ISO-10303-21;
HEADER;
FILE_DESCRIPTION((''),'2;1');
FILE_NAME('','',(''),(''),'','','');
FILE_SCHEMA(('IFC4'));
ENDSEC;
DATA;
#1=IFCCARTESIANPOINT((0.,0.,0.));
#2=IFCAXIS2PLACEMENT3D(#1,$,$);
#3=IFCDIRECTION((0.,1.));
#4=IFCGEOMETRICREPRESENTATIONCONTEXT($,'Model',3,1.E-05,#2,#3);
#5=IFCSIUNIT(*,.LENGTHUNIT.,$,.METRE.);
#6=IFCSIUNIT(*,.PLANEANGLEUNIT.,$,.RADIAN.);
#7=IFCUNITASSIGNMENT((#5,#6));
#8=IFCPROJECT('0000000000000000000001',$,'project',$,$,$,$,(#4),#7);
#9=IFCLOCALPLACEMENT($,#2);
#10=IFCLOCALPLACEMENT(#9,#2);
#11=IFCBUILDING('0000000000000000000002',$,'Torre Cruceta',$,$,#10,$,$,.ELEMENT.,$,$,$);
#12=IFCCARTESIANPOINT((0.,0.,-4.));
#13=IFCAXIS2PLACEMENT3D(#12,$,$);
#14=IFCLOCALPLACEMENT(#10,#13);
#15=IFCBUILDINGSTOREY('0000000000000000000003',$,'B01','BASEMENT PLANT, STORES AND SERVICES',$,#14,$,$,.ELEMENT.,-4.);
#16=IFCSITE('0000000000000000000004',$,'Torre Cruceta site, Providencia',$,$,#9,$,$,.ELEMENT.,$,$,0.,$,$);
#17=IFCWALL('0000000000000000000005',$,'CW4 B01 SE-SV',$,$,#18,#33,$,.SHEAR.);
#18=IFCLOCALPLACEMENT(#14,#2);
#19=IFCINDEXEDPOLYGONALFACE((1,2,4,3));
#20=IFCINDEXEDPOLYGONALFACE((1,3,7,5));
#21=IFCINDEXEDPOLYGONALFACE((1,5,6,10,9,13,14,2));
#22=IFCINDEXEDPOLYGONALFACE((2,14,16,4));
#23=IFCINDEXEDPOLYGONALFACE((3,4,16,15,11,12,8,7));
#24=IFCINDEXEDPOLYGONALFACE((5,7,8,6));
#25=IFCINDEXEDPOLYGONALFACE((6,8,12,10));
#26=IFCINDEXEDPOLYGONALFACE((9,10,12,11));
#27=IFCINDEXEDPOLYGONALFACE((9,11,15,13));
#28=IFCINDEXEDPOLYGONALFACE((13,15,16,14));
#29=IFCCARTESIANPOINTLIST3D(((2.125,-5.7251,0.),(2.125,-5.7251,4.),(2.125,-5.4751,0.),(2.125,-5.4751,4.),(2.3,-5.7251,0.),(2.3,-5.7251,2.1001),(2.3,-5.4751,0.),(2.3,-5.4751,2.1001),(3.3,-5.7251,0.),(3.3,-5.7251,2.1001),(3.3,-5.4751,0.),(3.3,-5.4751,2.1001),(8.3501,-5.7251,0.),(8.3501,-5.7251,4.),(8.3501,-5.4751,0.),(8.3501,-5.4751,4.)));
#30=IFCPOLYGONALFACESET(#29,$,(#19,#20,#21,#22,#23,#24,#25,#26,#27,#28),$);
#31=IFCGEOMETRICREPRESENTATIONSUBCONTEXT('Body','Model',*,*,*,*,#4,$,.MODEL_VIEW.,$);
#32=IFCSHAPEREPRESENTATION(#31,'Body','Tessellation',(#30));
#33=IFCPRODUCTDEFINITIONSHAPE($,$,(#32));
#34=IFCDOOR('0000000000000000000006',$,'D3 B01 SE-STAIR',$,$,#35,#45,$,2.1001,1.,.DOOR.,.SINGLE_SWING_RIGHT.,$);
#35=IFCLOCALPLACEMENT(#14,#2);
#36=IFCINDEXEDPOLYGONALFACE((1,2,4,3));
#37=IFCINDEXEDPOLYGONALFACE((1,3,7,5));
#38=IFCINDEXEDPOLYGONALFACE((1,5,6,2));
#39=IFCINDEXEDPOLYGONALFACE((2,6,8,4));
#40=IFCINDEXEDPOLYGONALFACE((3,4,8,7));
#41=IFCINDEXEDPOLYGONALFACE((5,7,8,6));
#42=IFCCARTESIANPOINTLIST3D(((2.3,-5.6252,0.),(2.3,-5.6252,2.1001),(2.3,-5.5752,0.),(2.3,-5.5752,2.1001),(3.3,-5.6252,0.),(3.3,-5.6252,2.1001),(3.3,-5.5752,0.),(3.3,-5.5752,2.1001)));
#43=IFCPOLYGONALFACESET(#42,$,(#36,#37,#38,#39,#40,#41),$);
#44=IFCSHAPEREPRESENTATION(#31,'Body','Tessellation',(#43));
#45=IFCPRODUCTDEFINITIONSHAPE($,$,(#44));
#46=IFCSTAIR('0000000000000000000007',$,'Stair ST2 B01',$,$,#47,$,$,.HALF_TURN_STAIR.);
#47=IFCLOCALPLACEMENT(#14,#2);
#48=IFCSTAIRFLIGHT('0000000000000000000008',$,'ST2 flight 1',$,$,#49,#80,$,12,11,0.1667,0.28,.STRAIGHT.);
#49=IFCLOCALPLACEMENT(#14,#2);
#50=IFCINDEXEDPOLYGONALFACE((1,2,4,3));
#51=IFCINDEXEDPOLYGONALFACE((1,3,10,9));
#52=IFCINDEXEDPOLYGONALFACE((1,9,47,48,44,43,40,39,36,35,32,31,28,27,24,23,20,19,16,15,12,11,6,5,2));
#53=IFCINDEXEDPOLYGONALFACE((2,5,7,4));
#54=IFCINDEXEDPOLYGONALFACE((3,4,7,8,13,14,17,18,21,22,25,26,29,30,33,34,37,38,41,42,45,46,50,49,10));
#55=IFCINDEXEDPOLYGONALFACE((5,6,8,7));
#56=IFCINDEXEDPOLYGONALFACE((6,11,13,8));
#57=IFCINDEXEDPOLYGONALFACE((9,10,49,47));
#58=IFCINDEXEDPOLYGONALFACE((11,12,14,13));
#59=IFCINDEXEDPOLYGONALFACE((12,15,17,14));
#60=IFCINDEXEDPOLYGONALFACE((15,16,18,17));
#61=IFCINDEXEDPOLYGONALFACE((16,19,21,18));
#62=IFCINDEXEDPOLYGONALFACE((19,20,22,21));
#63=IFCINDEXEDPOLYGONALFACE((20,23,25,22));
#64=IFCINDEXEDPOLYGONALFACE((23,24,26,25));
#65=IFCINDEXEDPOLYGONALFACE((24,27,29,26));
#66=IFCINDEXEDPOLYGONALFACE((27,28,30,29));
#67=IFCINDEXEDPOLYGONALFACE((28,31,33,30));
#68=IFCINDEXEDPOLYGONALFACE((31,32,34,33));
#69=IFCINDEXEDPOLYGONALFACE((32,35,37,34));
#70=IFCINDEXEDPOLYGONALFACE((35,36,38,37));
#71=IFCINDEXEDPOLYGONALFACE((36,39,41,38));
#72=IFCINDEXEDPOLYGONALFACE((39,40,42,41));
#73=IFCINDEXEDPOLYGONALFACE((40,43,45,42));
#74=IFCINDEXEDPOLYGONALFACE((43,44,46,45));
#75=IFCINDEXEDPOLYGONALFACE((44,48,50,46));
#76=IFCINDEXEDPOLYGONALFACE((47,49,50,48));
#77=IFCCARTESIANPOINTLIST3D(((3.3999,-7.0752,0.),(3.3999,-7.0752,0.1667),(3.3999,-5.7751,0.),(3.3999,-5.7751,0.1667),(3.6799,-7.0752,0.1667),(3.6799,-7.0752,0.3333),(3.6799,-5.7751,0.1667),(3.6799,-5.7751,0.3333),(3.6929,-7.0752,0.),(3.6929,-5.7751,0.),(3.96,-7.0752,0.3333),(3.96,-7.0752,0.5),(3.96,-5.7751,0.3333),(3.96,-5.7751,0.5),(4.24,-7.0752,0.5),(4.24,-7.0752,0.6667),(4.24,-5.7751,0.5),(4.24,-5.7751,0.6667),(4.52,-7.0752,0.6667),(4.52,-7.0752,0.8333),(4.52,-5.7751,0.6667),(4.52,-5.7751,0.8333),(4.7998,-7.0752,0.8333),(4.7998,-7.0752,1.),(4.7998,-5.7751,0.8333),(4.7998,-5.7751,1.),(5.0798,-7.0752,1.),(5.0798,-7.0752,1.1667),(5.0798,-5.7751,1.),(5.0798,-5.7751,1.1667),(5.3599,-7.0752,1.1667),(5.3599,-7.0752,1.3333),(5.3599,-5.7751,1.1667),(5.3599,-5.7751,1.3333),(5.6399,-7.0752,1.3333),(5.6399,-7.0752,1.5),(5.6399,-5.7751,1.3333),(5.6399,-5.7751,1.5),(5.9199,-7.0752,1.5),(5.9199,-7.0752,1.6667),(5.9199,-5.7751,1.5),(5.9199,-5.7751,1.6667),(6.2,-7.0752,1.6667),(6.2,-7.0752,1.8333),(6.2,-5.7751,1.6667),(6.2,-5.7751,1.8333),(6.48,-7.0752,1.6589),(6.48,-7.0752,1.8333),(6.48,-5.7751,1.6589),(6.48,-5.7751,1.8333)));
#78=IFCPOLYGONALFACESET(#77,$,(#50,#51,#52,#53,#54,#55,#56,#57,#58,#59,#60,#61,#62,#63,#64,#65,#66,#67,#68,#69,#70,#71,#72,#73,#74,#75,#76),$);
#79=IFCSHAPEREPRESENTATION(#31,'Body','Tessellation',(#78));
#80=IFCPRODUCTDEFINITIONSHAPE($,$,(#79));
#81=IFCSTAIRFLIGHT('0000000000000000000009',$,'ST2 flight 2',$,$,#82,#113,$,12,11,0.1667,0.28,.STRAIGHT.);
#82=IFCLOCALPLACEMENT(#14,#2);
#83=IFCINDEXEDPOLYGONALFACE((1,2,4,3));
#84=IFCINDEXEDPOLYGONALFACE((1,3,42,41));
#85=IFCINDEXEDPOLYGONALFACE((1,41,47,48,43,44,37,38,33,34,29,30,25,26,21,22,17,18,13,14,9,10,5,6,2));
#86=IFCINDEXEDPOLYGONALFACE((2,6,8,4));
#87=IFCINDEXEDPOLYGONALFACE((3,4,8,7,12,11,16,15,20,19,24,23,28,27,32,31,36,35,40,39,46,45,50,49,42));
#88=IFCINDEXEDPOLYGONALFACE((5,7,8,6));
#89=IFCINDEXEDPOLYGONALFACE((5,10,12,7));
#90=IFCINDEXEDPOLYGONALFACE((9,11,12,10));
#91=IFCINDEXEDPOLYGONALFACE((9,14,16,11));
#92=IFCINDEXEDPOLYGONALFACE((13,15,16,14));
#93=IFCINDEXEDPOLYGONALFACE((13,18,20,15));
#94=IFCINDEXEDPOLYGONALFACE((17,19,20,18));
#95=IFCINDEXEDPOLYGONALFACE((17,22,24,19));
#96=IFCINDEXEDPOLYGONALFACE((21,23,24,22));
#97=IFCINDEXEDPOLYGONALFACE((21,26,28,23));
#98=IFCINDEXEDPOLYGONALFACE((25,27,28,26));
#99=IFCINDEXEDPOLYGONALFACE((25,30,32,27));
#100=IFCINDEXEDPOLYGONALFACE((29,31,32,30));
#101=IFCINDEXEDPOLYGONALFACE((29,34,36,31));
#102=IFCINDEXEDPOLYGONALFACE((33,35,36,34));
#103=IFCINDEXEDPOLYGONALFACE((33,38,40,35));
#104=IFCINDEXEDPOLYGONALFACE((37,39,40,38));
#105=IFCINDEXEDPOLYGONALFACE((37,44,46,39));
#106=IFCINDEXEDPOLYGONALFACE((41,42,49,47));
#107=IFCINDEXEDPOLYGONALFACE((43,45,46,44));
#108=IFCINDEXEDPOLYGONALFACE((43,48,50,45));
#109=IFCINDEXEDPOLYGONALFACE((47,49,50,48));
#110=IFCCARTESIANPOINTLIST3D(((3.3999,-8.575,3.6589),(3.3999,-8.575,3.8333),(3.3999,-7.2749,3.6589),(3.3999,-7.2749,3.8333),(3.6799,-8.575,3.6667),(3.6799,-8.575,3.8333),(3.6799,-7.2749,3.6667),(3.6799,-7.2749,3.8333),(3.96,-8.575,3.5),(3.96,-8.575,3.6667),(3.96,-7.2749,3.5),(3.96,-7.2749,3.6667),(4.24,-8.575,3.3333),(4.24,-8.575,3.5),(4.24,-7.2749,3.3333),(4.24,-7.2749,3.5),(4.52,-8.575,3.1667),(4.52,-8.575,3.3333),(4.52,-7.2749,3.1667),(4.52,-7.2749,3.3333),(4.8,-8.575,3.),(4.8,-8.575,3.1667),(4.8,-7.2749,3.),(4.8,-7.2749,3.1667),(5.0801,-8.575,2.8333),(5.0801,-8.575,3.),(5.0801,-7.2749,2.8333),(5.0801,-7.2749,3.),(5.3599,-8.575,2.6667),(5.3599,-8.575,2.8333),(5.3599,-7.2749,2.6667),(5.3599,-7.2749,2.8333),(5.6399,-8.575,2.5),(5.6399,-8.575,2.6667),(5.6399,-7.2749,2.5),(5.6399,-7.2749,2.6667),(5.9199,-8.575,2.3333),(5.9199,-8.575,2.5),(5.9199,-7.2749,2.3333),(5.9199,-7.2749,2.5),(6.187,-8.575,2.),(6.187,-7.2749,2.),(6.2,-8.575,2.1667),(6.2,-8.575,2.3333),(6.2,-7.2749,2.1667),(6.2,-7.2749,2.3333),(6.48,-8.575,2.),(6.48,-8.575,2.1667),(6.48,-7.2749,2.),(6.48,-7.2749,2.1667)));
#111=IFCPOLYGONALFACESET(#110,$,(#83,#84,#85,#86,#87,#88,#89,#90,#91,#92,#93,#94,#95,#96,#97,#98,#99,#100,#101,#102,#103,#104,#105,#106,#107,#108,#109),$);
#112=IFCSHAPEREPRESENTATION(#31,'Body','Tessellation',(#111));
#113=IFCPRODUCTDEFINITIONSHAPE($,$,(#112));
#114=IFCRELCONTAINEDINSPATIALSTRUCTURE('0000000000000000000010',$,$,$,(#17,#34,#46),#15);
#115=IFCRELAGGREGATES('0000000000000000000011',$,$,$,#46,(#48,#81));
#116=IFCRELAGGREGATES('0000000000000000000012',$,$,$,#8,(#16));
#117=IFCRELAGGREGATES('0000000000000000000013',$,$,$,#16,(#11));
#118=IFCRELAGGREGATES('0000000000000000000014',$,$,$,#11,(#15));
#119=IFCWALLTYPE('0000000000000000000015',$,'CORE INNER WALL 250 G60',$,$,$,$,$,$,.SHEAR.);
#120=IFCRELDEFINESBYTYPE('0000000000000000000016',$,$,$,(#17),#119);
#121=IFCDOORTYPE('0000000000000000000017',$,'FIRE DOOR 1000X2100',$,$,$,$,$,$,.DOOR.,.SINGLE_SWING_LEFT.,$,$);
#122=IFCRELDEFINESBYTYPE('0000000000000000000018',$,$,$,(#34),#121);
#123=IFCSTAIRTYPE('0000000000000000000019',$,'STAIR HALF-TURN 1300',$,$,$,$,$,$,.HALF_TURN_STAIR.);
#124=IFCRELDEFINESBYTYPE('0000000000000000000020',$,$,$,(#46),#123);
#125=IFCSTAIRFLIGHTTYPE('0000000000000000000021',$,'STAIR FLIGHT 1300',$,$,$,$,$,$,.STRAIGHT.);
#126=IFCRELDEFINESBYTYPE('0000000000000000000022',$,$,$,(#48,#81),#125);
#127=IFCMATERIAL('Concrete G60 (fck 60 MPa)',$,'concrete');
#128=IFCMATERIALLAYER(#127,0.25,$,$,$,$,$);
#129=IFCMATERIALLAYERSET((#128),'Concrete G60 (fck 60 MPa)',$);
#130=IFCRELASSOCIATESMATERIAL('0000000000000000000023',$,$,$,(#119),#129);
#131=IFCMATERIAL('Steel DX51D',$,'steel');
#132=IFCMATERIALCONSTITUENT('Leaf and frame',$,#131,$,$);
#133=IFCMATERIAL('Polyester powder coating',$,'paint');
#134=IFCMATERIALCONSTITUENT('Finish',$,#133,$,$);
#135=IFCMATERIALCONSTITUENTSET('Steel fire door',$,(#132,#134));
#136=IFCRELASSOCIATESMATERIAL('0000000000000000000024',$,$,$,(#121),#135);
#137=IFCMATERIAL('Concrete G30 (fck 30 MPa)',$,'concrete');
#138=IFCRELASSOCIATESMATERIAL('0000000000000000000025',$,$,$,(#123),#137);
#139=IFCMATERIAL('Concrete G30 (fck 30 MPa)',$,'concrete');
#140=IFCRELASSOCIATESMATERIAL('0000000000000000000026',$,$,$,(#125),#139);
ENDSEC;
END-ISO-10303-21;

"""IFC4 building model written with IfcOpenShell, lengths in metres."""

from ifc_helpers import new_model, si_unit, direction, frame, frame_2d, origin, place, context, subcontext, project, spatial, polyline, rectangle, outline, extrude, material, layer, layer_set, constituent, constituent_set, type_object, element, fill, aggregate, save


model = new_model("IFC4")

# Units and contexts
model_context = context("Model", 3, precision=1e-05, world=origin(), true_north=direction((0.0, 1.0)))
body_context = subcontext(model_context, "Body", "Model", "MODEL_VIEW")
ifc_project = project(units=[si_unit("LENGTHUNIT", "METRE"), si_unit("PLANEANGLEUNIT", "RADIAN")], contexts=[model_context])

# Site, building, storey
site_placement = place(None, origin())
site = spatial("IfcSite", under=ifc_project, at=site_placement, Name="Torre Cruceta site, Providencia", CompositionType="ELEMENT", RefElevation=0.0)
building_placement = place(site_placement, origin())
building = spatial("IfcBuilding", under=site, at=building_placement, Name="Torre Cruceta", CompositionType="ELEMENT")
storey_placement = place(building_placement, frame((0.0, 0.0, -4.0)))
storey = spatial("IfcBuildingStorey", under=building, at=storey_placement, Name="B01", Description="BASEMENT PLANT, STORES AND SERVICES", CompositionType="ELEMENT", Elevation=-4.0)

# Wall, opening, door
ifc_material_1 = material(Name="Concrete G60 (fck 60 MPa)", Category="concrete")
ifc_layer_1 = layer(ifc_material_1, 0.25)
ifc_layer_set_1 = layer_set([ifc_layer_1], Name="Concrete G60 (fck 60 MPa)")
wall_type_1 = type_object("IfcWallType", Name="CORE INNER WALL 250 G60", PredefinedType="SHEAR", material=ifc_layer_set_1)
wall_1_placement = place(storey_placement, frame((2.125, -5.6001, 0.0), z_axis=(0.0, 0.0, 1.0), x_axis=(1.0, 0.0, 0.0)))
wall_1 = element("IfcWall", 1, at=wall_1_placement, inside=storey, type_object=wall_type_1, Name="CW4 B01 SE-SV", PredefinedType="SHEAR", context=body_context, shape_type="SweptSolid", body=[
    extrude(rectangle(XDim=6.2251, YDim=0.25, at=frame_2d((3.1125, 0.0))), origin(), (0.0, 0.0, 1.0), 4.0),
])
opening_placement = place(wall_1_placement, frame((0.175, 0.0, 0.0)))
opening = element("IfcOpeningElement", 2, at=opening_placement, cuts=wall_1, PredefinedType="OPENING", context=body_context, shape_type="SweptSolid", body=[
    extrude(rectangle(XDim=1.0, YDim=2.1001, at=frame_2d((0.5, 1.05))), frame((0.0, 0.135, 0.0), z_axis=(0.0, -1.0, 0.0), x_axis=(1.0, 0.0, 0.0)), (0.0, 0.0, 1.0), 0.27),
])
ifc_material_2 = material(Name="Steel DX51D", Category="steel")
ifc_constituent_1 = constituent(ifc_material_2, Name="Leaf and frame")
ifc_material_3 = material(Name="Polyester powder coating", Category="paint")
ifc_constituent_2 = constituent(ifc_material_3, Name="Finish")
ifc_constituent_set = constituent_set(constituents=[ifc_constituent_1, ifc_constituent_2], Name="Steel fire door")
door_type = type_object("IfcDoorType", Name="FIRE DOOR 1000X2100", OperationType="SINGLE_SWING_LEFT", PredefinedType="DOOR", material=ifc_constituent_set)
door_placement = place(opening_placement, frame((1.0, 0.0, 0.0), z_axis=(0.0, 0.0, 1.0), x_axis=(-1.0, 0.0, 0.0)))
door = element("IfcDoor", 3, at=door_placement, inside=storey, type_object=door_type, Name="D3 B01 SE-STAIR", OperationType="SINGLE_SWING_RIGHT", OverallHeight=2.1001, OverallWidth=1.0, PredefinedType="DOOR", context=body_context, shape_type="SweptSolid", body=[
    extrude(rectangle(XDim=1.0, YDim=2.1001, at=frame_2d((0.5, 1.05))), frame((0.0, 0.0251, 0.0), z_axis=(0.0, -1.0, 0.0), x_axis=(1.0, 0.0, 0.0)), (0.0, 0.0, 1.0), 0.05),
])
fill(opening, door)

# Stair, stair flights
ifc_material_4 = material(Name="Concrete G30 (fck 30 MPa)", Category="concrete")
stair_type = type_object("IfcStairType", Name="STAIR HALF-TURN 1300", PredefinedType="HALF_TURN_STAIR", material=ifc_material_4)
stair_placement = place(storey_placement, origin())
stair = element("IfcStair", 4, at=stair_placement, inside=storey, type_object=stair_type, Name="Stair ST2 B01", PredefinedType="HALF_TURN_STAIR")
ifc_material_5 = material(Name="Concrete G30 (fck 30 MPa)", Category="concrete")
stair_flight_type = type_object("IfcStairFlightType", Name="STAIR FLIGHT 1300", PredefinedType="STRAIGHT", material=ifc_material_5)
stair_flight_1_placement = place(storey_placement, frame((3.3999, -6.425, 0.0), z_axis=(0.0, 0.0, 1.0), x_axis=(1.0, 0.0, 0.0)))
stair_flight_1 = element("IfcStairFlight", 5, at=stair_flight_1_placement, type_object=stair_flight_type, Name="ST2 flight 1", NumberOfRisers=12, NumberOfTreads=11, PredefinedType="STRAIGHT", RiserHeight=0.1667, TreadLength=0.28, context=body_context, shape_type="SweptSolid", body=[
    extrude(outline(polyline([(0.0, 0.0), (0.0, 0.1667), (0.28, 0.1667), (0.28, 0.3333), (0.5601, 0.3333), (0.5601, 0.5), (0.8401, 0.5), (0.8401, 0.6667), (1.1201, 0.6667), (1.1201, 0.8333), (1.3999, 0.8333), (1.3999, 1.0), (1.6799, 1.0), (1.6799, 1.1667), (1.96, 1.1667), (1.96, 1.3333), (2.24, 1.3333), (2.24, 1.5), (2.52, 1.5), (2.52, 1.6667), (2.8, 1.6667), (2.8, 1.8333), (3.0801, 1.8333), (3.0801, 2.0), (3.0801, 1.6589), (0.293, 0.0), (0.0, 0.0)])), frame((0.0, 0.6499, 0.0), z_axis=(0.0, -1.0, 0.0), x_axis=(1.0, 0.0, 0.0)), (0.0, 0.0, 1.0), 1.3),
])
stair_flight_2_placement = place(storey_placement, frame((6.48, -7.925, 2.0), z_axis=(0.0, 0.0, 1.0), x_axis=(-1.0, 0.0, 0.0)))
stair_flight_2 = element("IfcStairFlight", 6, at=stair_flight_2_placement, type_object=stair_flight_type, Name="ST2 flight 2", NumberOfRisers=12, NumberOfTreads=11, PredefinedType="STRAIGHT", RiserHeight=0.1667, TreadLength=0.28, context=body_context, shape_type="SweptSolid", body=[
    extrude(outline(polyline([(0.0, 0.0), (0.0, 0.1667), (0.28, 0.1667), (0.28, 0.3333), (0.5601, 0.3333), (0.5601, 0.5), (0.8401, 0.5), (0.8401, 0.6667), (1.1201, 0.6667), (1.1201, 0.8333), (1.3999, 0.8333), (1.3999, 1.0), (1.6799, 1.0), (1.6799, 1.1667), (1.96, 1.1667), (1.96, 1.3333), (2.24, 1.3333), (2.24, 1.5), (2.52, 1.5), (2.52, 1.6667), (2.8, 1.6667), (2.8, 1.8333), (3.0801, 1.8333), (3.0801, 2.0), (3.0801, 1.6589), (0.293, 0.0), (0.0, 0.0)])), frame((0.0, 0.6499, 0.0), z_axis=(0.0, -1.0, 0.0), x_axis=(1.0, 0.0, 0.0)), (0.0, 0.0, 1.0), 1.3),
])
aggregate(stair, [stair_flight_1, stair_flight_2])

save(model, "model.ifc")
